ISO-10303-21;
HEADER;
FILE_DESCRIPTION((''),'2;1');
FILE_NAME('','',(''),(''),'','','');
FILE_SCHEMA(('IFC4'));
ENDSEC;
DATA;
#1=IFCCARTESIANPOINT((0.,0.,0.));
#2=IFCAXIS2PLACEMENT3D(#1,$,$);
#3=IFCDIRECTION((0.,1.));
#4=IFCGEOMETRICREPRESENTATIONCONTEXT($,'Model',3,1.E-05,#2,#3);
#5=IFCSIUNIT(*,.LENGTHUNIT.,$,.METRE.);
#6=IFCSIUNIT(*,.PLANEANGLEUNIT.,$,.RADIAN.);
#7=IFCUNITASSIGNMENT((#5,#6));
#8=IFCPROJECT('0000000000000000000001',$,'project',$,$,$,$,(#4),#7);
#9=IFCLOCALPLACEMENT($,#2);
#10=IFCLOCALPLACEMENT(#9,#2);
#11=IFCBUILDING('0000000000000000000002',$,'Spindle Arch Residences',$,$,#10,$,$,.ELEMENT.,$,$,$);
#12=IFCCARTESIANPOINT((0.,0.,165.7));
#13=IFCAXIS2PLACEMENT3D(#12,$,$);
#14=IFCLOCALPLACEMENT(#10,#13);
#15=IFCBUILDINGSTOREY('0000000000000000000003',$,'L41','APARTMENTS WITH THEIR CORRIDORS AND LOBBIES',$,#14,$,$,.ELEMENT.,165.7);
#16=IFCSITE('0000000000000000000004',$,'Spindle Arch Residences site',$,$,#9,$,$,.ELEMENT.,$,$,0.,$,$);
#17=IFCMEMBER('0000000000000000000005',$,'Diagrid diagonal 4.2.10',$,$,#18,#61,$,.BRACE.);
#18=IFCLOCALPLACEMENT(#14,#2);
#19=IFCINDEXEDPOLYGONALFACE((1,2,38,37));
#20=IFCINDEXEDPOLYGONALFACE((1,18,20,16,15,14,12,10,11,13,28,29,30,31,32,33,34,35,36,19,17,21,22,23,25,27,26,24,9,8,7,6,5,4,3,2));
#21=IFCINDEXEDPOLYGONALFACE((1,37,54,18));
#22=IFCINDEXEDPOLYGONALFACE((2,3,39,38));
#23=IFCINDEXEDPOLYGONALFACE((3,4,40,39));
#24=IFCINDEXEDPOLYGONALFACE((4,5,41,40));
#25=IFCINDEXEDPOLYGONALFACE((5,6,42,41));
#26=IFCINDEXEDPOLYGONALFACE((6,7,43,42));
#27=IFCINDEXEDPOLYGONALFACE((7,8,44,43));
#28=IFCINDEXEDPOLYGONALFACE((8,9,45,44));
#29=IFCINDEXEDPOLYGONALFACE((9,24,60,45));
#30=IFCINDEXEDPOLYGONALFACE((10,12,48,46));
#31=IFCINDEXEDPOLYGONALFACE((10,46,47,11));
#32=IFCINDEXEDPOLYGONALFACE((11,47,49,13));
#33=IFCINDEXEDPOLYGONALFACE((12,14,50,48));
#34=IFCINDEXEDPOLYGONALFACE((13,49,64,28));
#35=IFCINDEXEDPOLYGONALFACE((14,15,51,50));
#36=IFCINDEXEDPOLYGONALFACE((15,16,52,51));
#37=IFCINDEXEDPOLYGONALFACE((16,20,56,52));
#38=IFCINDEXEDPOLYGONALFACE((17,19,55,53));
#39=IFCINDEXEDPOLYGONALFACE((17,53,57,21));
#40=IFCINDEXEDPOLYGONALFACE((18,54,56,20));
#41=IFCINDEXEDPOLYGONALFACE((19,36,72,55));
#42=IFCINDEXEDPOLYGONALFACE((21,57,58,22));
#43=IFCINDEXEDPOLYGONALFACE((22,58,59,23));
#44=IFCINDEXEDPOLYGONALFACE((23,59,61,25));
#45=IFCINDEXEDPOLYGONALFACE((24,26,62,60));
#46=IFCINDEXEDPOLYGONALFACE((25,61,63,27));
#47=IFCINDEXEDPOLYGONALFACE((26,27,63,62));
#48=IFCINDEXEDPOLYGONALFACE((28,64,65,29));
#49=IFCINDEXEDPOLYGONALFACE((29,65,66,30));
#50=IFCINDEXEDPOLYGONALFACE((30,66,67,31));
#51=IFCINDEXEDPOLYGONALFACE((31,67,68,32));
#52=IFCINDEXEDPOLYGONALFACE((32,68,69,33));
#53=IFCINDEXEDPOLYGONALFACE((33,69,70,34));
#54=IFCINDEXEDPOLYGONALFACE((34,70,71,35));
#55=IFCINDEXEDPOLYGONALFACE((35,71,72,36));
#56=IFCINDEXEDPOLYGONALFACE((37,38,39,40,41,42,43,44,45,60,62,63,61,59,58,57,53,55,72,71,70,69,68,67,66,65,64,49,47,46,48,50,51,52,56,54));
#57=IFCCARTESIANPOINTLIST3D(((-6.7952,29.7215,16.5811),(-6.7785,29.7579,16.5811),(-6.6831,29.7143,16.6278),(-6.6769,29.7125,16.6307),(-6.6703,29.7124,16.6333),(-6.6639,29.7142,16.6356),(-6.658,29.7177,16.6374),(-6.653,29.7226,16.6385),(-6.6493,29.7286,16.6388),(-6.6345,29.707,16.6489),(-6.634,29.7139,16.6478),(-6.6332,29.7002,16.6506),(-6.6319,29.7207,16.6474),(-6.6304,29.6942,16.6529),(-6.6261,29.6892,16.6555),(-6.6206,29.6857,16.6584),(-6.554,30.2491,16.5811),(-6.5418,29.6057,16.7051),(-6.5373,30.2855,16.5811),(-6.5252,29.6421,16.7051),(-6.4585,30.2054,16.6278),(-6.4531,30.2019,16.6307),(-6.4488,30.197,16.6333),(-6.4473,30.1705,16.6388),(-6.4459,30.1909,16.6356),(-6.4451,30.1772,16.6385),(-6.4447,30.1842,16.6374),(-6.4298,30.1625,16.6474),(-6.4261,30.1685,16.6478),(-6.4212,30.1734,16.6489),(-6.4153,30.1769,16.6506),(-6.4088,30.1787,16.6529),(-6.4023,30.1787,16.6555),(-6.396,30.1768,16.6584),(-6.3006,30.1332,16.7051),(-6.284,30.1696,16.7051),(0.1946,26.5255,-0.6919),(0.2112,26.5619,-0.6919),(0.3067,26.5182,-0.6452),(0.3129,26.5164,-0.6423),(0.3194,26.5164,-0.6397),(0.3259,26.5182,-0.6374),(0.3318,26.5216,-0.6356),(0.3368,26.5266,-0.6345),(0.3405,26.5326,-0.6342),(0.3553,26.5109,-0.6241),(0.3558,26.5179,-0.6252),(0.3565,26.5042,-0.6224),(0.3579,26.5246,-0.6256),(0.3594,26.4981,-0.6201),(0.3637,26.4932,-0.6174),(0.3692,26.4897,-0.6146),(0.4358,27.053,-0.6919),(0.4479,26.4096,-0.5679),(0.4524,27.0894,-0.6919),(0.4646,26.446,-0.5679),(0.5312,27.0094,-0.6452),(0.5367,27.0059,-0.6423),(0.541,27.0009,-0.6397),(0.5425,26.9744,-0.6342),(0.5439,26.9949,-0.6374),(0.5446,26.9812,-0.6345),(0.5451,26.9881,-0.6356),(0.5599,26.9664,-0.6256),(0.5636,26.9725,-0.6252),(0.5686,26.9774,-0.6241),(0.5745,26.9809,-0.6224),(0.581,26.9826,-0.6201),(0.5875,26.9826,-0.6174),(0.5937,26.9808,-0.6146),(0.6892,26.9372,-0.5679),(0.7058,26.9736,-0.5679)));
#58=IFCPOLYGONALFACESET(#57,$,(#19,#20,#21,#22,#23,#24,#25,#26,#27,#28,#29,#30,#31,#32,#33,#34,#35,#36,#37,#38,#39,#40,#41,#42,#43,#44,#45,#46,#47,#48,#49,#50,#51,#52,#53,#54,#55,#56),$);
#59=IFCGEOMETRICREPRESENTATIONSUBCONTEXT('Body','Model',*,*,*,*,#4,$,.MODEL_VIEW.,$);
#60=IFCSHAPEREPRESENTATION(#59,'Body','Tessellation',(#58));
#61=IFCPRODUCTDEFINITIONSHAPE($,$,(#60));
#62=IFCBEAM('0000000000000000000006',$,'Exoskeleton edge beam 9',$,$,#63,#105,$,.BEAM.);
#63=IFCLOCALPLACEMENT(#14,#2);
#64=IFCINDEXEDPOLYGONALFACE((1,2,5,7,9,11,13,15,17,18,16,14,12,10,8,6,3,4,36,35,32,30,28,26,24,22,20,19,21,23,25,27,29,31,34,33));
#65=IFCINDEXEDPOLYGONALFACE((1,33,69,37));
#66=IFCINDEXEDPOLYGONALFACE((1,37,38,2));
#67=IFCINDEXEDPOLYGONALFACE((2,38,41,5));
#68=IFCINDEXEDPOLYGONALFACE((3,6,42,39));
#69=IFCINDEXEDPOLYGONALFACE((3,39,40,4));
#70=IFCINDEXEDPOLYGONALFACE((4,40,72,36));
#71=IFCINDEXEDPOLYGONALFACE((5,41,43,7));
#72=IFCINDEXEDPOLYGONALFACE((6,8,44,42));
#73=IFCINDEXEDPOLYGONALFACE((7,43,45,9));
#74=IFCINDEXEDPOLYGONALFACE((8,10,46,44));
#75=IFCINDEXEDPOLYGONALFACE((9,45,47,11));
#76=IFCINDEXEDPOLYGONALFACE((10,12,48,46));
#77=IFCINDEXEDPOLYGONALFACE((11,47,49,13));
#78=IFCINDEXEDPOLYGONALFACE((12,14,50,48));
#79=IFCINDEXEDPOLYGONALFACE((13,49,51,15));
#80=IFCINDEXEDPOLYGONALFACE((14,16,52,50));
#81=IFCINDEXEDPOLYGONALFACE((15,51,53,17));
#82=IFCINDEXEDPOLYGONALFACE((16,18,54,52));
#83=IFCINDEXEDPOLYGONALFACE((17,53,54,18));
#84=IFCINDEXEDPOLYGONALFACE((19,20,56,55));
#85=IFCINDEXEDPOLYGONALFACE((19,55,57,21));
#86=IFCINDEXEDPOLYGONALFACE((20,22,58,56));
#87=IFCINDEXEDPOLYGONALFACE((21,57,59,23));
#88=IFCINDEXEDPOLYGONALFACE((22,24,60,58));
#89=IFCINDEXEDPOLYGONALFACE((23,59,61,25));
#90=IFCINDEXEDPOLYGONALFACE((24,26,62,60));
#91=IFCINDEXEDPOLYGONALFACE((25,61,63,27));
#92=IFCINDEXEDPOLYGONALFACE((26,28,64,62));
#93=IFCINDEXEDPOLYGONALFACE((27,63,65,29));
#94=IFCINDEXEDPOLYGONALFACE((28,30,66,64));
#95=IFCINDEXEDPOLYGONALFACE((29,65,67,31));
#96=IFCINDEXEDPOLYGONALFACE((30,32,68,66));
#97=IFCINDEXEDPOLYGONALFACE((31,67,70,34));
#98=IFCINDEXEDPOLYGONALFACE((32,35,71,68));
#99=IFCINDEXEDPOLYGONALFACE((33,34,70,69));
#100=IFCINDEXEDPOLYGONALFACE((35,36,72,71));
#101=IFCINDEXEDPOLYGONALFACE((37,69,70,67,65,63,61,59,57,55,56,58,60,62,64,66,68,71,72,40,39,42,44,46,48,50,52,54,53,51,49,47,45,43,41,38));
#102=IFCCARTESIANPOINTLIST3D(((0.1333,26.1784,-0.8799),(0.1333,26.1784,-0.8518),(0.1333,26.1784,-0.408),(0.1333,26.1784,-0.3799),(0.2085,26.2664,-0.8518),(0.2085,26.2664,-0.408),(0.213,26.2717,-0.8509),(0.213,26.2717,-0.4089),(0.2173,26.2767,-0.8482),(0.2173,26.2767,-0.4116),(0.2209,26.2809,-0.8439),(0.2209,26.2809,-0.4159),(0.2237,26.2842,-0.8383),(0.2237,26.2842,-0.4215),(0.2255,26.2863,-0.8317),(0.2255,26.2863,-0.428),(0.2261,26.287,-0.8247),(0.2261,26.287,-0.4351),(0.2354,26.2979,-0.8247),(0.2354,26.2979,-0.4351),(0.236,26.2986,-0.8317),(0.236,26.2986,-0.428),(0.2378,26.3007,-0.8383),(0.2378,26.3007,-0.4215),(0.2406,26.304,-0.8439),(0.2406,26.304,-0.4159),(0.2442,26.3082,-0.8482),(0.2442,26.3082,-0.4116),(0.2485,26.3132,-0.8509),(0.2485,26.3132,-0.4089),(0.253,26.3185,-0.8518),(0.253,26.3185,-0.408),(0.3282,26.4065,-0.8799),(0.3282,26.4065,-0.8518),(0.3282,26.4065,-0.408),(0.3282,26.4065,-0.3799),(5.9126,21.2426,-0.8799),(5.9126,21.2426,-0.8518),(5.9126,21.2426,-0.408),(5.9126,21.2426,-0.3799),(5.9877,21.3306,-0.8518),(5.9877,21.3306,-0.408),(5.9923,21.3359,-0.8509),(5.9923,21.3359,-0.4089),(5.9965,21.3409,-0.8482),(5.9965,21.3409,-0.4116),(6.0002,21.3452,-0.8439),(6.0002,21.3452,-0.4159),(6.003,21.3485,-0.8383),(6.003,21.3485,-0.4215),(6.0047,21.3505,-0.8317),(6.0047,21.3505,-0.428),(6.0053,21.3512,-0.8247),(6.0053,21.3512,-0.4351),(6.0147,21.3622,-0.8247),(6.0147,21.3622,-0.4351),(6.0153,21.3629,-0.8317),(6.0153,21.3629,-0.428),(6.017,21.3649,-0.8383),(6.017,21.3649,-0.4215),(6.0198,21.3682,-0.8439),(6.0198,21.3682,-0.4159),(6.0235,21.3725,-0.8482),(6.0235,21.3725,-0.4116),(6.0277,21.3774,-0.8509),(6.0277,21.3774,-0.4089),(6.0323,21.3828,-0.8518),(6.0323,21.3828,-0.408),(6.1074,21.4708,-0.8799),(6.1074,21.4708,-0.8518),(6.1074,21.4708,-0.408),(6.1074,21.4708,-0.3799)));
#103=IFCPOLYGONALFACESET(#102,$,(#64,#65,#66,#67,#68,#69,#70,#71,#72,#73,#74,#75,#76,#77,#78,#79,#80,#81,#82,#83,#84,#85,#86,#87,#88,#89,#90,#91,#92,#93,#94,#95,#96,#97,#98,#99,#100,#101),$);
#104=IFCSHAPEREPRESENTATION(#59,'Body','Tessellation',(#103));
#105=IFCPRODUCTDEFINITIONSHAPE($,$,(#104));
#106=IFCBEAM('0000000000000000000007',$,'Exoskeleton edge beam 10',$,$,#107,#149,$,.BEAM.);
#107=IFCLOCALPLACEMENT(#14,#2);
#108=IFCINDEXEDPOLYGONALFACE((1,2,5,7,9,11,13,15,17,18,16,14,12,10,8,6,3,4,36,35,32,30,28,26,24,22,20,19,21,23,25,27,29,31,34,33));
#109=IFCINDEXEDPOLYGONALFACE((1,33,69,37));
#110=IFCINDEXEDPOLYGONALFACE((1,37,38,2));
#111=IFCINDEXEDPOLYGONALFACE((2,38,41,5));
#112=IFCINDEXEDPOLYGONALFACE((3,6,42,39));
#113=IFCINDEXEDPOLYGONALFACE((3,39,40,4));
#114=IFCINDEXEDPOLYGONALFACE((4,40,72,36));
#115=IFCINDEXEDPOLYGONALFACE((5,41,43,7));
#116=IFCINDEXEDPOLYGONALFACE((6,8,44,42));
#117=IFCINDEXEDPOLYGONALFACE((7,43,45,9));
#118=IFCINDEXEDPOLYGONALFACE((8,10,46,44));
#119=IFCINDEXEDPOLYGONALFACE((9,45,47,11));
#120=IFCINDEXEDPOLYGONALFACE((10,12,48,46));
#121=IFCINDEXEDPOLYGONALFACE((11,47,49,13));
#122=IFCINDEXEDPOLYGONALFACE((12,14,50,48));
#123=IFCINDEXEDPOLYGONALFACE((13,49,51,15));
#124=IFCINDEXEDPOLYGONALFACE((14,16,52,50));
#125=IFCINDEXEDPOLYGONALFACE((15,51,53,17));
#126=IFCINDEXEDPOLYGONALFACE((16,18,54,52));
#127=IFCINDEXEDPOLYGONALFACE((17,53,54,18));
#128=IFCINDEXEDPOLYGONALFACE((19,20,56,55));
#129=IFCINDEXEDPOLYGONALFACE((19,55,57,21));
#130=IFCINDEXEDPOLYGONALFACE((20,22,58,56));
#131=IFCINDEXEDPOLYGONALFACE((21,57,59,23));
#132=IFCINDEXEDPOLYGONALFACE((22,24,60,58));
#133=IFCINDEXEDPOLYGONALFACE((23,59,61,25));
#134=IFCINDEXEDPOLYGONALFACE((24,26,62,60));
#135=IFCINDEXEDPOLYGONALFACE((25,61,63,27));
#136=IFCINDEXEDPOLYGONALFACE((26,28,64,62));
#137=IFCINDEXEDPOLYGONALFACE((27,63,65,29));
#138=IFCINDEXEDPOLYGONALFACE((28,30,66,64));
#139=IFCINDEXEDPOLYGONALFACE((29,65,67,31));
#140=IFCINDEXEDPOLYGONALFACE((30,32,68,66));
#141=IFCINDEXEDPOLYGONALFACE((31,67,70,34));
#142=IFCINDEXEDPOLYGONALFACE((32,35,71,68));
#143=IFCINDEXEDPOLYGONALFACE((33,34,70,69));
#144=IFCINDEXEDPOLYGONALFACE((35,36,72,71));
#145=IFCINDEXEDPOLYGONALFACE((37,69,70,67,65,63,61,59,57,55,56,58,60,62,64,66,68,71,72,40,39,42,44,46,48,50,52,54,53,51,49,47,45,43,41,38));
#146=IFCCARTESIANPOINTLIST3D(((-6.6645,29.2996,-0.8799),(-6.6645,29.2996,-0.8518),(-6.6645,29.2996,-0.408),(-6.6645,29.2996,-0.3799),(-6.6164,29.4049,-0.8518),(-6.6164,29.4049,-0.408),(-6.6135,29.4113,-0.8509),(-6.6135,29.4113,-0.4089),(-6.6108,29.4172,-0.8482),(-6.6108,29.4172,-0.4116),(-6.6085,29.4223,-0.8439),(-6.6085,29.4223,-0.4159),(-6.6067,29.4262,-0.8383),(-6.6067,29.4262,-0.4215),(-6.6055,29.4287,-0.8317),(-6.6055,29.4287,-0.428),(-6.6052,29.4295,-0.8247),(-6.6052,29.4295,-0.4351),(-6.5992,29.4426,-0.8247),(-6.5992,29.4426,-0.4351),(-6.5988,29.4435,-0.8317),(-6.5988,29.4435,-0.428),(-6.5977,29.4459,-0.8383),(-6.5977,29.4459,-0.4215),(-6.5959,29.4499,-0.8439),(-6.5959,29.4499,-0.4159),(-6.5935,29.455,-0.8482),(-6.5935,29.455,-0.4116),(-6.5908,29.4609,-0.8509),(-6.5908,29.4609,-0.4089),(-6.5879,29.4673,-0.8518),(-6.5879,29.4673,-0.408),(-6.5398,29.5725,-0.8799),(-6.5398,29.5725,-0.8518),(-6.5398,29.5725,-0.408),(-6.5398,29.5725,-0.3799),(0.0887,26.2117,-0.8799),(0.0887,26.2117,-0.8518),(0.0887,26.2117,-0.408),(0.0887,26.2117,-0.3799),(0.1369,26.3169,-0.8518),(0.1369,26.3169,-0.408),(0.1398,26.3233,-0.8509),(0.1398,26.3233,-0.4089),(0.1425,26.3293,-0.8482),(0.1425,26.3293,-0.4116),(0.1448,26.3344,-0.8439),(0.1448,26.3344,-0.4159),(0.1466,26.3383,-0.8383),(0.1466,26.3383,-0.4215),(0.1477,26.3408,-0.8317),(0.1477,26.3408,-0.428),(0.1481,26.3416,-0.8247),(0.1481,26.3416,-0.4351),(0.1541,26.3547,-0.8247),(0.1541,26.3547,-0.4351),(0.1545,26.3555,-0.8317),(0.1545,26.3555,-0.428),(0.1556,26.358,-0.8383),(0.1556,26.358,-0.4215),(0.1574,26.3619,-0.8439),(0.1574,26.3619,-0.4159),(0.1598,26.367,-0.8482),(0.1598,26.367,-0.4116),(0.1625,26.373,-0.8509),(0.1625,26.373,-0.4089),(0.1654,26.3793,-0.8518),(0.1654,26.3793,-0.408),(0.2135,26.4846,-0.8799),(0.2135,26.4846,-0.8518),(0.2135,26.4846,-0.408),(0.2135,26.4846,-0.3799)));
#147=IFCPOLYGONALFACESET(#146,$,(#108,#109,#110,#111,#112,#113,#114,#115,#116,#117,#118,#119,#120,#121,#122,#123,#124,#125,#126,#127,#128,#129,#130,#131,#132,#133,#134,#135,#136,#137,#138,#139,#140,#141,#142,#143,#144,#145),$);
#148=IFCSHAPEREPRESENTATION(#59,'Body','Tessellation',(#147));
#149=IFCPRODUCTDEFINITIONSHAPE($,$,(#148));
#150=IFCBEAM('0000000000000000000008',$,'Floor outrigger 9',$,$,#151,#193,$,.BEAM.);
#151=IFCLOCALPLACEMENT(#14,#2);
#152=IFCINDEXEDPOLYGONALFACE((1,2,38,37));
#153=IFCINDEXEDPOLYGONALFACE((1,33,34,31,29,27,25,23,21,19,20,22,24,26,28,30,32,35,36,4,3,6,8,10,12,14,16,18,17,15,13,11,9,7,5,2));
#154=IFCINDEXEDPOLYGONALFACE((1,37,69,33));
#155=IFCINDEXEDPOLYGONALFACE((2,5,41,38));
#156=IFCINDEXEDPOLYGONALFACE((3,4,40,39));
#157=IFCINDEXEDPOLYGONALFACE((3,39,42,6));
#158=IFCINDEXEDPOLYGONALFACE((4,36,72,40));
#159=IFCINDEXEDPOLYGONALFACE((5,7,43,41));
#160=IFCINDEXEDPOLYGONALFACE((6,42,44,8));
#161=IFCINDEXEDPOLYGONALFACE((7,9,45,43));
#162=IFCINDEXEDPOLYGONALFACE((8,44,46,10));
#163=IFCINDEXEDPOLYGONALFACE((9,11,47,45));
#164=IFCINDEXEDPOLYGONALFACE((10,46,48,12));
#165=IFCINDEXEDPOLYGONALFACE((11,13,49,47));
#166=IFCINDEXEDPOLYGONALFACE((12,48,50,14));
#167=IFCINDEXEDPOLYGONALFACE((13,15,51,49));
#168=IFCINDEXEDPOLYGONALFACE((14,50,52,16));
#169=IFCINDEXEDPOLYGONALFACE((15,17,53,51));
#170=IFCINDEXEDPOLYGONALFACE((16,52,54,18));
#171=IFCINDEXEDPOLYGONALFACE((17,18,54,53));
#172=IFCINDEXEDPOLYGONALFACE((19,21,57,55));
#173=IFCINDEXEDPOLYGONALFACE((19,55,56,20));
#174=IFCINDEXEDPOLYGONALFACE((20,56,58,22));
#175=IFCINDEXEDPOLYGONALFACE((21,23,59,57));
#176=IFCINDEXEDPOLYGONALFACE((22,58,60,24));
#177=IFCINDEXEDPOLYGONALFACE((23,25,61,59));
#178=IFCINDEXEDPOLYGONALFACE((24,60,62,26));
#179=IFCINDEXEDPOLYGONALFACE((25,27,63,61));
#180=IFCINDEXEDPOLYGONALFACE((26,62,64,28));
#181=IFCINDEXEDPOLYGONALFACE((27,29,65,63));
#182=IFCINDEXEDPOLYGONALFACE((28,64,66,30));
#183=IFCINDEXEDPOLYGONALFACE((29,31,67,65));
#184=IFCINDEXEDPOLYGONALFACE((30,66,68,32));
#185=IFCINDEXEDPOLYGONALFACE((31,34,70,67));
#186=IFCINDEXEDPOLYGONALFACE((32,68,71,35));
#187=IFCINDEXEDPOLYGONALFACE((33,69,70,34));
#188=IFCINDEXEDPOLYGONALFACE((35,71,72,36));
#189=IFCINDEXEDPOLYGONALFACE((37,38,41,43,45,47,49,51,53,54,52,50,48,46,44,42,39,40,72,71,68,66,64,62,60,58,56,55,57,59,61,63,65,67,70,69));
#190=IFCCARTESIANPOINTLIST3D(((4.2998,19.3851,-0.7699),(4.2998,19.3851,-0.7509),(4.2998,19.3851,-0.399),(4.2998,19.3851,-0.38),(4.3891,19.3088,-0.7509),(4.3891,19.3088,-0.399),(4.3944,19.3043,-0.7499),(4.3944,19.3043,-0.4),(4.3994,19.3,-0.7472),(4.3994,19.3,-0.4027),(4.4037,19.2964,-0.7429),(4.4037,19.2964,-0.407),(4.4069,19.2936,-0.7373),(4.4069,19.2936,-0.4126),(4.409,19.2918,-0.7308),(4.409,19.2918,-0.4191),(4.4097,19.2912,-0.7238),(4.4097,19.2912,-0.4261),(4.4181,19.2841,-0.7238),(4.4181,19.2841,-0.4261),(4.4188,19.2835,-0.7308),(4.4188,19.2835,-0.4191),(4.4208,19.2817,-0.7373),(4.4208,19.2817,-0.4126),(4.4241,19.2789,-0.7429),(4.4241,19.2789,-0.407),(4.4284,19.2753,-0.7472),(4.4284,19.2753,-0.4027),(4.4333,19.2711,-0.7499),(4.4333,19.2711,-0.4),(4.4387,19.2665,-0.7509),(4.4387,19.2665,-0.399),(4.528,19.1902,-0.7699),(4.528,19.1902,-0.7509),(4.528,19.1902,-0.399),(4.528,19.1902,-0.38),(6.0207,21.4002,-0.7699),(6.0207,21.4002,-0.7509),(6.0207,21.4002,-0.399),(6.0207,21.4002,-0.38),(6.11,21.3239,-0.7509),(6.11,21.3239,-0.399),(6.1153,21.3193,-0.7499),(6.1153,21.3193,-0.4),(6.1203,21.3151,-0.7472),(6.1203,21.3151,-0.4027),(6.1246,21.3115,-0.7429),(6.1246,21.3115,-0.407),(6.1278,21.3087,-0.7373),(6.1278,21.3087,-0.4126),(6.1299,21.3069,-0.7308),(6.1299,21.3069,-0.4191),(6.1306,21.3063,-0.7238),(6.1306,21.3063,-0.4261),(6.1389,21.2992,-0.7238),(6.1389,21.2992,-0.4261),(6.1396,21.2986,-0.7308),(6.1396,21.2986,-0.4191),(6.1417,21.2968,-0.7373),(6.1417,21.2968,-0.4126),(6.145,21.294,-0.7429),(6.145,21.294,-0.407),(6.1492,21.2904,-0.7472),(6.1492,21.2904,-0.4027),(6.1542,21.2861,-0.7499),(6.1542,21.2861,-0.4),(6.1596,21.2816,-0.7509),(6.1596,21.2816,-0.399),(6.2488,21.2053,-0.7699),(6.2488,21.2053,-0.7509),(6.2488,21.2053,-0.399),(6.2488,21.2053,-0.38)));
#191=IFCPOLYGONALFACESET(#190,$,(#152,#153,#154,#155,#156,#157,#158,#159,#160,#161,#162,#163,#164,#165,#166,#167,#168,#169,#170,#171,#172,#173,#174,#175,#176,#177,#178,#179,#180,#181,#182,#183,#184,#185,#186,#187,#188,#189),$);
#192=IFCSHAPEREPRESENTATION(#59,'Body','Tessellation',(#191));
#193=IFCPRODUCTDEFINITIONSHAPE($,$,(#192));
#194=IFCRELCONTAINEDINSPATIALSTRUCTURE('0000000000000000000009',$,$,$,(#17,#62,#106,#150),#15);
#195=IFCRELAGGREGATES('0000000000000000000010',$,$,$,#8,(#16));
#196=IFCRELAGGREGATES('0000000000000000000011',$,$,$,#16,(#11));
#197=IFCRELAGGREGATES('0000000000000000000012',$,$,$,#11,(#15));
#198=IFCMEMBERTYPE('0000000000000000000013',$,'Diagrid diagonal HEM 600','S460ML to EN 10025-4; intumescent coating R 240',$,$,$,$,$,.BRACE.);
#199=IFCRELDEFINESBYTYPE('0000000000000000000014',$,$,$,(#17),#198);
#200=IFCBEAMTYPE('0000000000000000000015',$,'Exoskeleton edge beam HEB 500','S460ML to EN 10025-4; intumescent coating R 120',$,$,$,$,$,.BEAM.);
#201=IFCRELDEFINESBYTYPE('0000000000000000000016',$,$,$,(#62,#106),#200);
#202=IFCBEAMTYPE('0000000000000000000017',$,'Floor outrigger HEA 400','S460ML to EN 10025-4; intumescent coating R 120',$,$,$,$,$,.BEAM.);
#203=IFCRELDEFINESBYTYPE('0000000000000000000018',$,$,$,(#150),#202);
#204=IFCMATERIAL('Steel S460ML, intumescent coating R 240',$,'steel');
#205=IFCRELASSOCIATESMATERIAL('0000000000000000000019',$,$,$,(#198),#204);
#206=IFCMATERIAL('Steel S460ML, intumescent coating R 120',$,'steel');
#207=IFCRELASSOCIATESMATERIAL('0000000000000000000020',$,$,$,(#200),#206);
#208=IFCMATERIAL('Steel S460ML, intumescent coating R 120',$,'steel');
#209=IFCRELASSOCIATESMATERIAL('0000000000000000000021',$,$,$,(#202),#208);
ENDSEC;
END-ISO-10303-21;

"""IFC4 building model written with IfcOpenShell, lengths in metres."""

from ifc_helpers import new_model, si_unit, direction, frame, origin, origin_2d, place, context, subcontext, project, spatial, i_section, extrude, material, material_profile, profile_set, type_object, element, save


model = new_model("IFC4")

# Units and contexts
model_context = context("Model", 3, precision=1e-05, world=origin(), true_north=direction((0.0, 1.0)))
body_context = subcontext(model_context, "Body", "Model", "MODEL_VIEW")
ifc_project = project(units=[si_unit("LENGTHUNIT", "METRE"), si_unit("PLANEANGLEUNIT", "RADIAN")], contexts=[model_context])

# Site, building, storey
site_placement = place(None, origin())
site = spatial("IfcSite", under=ifc_project, at=site_placement, Name="Spindle Arch Residences site", CompositionType="ELEMENT", RefElevation=0.0)
building_placement = place(site_placement, origin())
building = spatial("IfcBuilding", under=site, at=building_placement, Name="Spindle Arch Residences", CompositionType="ELEMENT")
storey_placement = place(building_placement, frame((0.0, 0.0, 165.7)))
storey = spatial("IfcBuildingStorey", under=building, at=storey_placement, Name="L41", Description="APARTMENTS WITH THEIR CORRIDORS AND LOBBIES", CompositionType="ELEMENT", Elevation=165.7)

# Member
ifc_material_1 = material(Name="Steel S460ML, intumescent coating R 240", Category="steel")
ifc_material_profile_1 = material_profile(ifc_material_1, i_section(OverallWidth=0.3049, OverallDepth=0.6201, WebThickness=0.021, FlangeThickness=0.04, FilletRadius=0.0271, at=origin_2d()), Name="HEM 600")
ifc_profile_set_1 = profile_set([ifc_material_profile_1], Name="Steel S460ML, intumescent coating R 240")
member_type_1 = type_object("IfcMemberType", Name="Diagrid diagonal HEM 600", Description="S460ML to EN 10025-4; intumescent coating R 240", PredefinedType="BRACE", material=ifc_profile_set_1)
member_1_placement = place(storey_placement, frame((0.4502, 26.7495, -0.6299), z_axis=(-0.369716, 0.169052, 0.913636), x_axis=(0.830896, -0.379925, 0.406532)))
element("IfcMember", 1, at=member_1_placement, inside=storey, type_object=member_type_1, Name="Diagrid diagonal 4.2.10", PredefinedType="BRACE", context=body_context, shape_type="SweptSolid", body=[
    extrude(i_section(OverallWidth=0.3049, OverallDepth=0.6201, WebThickness=0.021, FlangeThickness=0.04, FilletRadius=0.0271, at=origin_2d()), origin(), (0.0, 0.0, 1.0), 18.9058),
])

# Beams
ifc_material_2 = material(Name="Steel S460ML, intumescent coating R 120", Category="steel")
ifc_material_profile_2 = material_profile(ifc_material_2, i_section(OverallWidth=0.3, OverallDepth=0.5, WebThickness=0.0144, FlangeThickness=0.0281, FilletRadius=0.0271, at=origin_2d()), Name="HEB 500")
ifc_profile_set_2 = profile_set([ifc_material_profile_2], Name="Steel S460ML, intumescent coating R 120")
beam_type_1 = type_object("IfcBeamType", Name="Exoskeleton edge beam HEB 500", Description="S460ML to EN 10025-4; intumescent coating R 120", PredefinedType="BEAM", material=ifc_profile_set_2)
beam_1_placement = place(storey_placement, frame((6.01, 21.3567, -0.6299), z_axis=(-0.760419, 0.649433, 0.0), x_axis=(-0.649433, -0.760419, 0.0)))
element("IfcBeam", 2, at=beam_1_placement, inside=storey, type_object=beam_type_1, Name="Exoskeleton edge beam 9", PredefinedType="BEAM", context=body_context, shape_type="SweptSolid", body=[
    extrude(i_section(OverallWidth=0.3, OverallDepth=0.5, WebThickness=0.0144, FlangeThickness=0.0281, FilletRadius=0.0271, at=origin_2d()), origin(), (0.0, 0.0, 1.0), 7.6001),
])
beam_2_placement = place(storey_placement, frame((0.1511, 26.3481, -0.6299), z_axis=(-0.909438, 0.415841, 0.0), x_axis=(-0.415841, -0.909438, 0.0)))
element("IfcBeam", 3, at=beam_2_placement, inside=storey, type_object=beam_type_1, Name="Exoskeleton edge beam 10", PredefinedType="BEAM", context=body_context, shape_type="SweptSolid", body=[
    extrude(i_section(OverallWidth=0.3, OverallDepth=0.5, WebThickness=0.0144, FlangeThickness=0.0281, FilletRadius=0.0271, at=origin_2d()), origin(), (0.0, 0.0, 1.0), 7.4258),
])
ifc_material_3 = material(Name="Steel S460ML, intumescent coating R 120", Category="steel")
ifc_material_profile_3 = material_profile(ifc_material_3, i_section(OverallWidth=0.3, OverallDepth=0.3899, WebThickness=0.011, FlangeThickness=0.019, FilletRadius=0.0271, at=origin_2d()), Name="HEA 400")
ifc_profile_set_3 = profile_set([ifc_material_profile_3], Name="Steel S460ML, intumescent coating R 120")
beam_type_2 = type_object("IfcBeamType", Name="Floor outrigger HEA 400", Description="S460ML to EN 10025-4; intumescent coating R 120", PredefinedType="BEAM", material=ifc_profile_set_3)
beam_3_placement = place(storey_placement, frame((6.1348, 21.3027, -0.575), z_axis=(-0.649417, -0.760432, 0.0), x_axis=(0.760432, -0.649417, 0.0)))
element("IfcBeam", 4, at=beam_3_placement, inside=storey, type_object=beam_type_2, Name="Floor outrigger 9", PredefinedType="BEAM", context=body_context, shape_type="SweptSolid", body=[
    extrude(i_section(OverallWidth=0.3, OverallDepth=0.3899, WebThickness=0.011, FlangeThickness=0.019, FilletRadius=0.0271, at=origin_2d()), origin(), (0.0, 0.0, 1.0), 2.6499),
])

save(model, "model.ifc")
